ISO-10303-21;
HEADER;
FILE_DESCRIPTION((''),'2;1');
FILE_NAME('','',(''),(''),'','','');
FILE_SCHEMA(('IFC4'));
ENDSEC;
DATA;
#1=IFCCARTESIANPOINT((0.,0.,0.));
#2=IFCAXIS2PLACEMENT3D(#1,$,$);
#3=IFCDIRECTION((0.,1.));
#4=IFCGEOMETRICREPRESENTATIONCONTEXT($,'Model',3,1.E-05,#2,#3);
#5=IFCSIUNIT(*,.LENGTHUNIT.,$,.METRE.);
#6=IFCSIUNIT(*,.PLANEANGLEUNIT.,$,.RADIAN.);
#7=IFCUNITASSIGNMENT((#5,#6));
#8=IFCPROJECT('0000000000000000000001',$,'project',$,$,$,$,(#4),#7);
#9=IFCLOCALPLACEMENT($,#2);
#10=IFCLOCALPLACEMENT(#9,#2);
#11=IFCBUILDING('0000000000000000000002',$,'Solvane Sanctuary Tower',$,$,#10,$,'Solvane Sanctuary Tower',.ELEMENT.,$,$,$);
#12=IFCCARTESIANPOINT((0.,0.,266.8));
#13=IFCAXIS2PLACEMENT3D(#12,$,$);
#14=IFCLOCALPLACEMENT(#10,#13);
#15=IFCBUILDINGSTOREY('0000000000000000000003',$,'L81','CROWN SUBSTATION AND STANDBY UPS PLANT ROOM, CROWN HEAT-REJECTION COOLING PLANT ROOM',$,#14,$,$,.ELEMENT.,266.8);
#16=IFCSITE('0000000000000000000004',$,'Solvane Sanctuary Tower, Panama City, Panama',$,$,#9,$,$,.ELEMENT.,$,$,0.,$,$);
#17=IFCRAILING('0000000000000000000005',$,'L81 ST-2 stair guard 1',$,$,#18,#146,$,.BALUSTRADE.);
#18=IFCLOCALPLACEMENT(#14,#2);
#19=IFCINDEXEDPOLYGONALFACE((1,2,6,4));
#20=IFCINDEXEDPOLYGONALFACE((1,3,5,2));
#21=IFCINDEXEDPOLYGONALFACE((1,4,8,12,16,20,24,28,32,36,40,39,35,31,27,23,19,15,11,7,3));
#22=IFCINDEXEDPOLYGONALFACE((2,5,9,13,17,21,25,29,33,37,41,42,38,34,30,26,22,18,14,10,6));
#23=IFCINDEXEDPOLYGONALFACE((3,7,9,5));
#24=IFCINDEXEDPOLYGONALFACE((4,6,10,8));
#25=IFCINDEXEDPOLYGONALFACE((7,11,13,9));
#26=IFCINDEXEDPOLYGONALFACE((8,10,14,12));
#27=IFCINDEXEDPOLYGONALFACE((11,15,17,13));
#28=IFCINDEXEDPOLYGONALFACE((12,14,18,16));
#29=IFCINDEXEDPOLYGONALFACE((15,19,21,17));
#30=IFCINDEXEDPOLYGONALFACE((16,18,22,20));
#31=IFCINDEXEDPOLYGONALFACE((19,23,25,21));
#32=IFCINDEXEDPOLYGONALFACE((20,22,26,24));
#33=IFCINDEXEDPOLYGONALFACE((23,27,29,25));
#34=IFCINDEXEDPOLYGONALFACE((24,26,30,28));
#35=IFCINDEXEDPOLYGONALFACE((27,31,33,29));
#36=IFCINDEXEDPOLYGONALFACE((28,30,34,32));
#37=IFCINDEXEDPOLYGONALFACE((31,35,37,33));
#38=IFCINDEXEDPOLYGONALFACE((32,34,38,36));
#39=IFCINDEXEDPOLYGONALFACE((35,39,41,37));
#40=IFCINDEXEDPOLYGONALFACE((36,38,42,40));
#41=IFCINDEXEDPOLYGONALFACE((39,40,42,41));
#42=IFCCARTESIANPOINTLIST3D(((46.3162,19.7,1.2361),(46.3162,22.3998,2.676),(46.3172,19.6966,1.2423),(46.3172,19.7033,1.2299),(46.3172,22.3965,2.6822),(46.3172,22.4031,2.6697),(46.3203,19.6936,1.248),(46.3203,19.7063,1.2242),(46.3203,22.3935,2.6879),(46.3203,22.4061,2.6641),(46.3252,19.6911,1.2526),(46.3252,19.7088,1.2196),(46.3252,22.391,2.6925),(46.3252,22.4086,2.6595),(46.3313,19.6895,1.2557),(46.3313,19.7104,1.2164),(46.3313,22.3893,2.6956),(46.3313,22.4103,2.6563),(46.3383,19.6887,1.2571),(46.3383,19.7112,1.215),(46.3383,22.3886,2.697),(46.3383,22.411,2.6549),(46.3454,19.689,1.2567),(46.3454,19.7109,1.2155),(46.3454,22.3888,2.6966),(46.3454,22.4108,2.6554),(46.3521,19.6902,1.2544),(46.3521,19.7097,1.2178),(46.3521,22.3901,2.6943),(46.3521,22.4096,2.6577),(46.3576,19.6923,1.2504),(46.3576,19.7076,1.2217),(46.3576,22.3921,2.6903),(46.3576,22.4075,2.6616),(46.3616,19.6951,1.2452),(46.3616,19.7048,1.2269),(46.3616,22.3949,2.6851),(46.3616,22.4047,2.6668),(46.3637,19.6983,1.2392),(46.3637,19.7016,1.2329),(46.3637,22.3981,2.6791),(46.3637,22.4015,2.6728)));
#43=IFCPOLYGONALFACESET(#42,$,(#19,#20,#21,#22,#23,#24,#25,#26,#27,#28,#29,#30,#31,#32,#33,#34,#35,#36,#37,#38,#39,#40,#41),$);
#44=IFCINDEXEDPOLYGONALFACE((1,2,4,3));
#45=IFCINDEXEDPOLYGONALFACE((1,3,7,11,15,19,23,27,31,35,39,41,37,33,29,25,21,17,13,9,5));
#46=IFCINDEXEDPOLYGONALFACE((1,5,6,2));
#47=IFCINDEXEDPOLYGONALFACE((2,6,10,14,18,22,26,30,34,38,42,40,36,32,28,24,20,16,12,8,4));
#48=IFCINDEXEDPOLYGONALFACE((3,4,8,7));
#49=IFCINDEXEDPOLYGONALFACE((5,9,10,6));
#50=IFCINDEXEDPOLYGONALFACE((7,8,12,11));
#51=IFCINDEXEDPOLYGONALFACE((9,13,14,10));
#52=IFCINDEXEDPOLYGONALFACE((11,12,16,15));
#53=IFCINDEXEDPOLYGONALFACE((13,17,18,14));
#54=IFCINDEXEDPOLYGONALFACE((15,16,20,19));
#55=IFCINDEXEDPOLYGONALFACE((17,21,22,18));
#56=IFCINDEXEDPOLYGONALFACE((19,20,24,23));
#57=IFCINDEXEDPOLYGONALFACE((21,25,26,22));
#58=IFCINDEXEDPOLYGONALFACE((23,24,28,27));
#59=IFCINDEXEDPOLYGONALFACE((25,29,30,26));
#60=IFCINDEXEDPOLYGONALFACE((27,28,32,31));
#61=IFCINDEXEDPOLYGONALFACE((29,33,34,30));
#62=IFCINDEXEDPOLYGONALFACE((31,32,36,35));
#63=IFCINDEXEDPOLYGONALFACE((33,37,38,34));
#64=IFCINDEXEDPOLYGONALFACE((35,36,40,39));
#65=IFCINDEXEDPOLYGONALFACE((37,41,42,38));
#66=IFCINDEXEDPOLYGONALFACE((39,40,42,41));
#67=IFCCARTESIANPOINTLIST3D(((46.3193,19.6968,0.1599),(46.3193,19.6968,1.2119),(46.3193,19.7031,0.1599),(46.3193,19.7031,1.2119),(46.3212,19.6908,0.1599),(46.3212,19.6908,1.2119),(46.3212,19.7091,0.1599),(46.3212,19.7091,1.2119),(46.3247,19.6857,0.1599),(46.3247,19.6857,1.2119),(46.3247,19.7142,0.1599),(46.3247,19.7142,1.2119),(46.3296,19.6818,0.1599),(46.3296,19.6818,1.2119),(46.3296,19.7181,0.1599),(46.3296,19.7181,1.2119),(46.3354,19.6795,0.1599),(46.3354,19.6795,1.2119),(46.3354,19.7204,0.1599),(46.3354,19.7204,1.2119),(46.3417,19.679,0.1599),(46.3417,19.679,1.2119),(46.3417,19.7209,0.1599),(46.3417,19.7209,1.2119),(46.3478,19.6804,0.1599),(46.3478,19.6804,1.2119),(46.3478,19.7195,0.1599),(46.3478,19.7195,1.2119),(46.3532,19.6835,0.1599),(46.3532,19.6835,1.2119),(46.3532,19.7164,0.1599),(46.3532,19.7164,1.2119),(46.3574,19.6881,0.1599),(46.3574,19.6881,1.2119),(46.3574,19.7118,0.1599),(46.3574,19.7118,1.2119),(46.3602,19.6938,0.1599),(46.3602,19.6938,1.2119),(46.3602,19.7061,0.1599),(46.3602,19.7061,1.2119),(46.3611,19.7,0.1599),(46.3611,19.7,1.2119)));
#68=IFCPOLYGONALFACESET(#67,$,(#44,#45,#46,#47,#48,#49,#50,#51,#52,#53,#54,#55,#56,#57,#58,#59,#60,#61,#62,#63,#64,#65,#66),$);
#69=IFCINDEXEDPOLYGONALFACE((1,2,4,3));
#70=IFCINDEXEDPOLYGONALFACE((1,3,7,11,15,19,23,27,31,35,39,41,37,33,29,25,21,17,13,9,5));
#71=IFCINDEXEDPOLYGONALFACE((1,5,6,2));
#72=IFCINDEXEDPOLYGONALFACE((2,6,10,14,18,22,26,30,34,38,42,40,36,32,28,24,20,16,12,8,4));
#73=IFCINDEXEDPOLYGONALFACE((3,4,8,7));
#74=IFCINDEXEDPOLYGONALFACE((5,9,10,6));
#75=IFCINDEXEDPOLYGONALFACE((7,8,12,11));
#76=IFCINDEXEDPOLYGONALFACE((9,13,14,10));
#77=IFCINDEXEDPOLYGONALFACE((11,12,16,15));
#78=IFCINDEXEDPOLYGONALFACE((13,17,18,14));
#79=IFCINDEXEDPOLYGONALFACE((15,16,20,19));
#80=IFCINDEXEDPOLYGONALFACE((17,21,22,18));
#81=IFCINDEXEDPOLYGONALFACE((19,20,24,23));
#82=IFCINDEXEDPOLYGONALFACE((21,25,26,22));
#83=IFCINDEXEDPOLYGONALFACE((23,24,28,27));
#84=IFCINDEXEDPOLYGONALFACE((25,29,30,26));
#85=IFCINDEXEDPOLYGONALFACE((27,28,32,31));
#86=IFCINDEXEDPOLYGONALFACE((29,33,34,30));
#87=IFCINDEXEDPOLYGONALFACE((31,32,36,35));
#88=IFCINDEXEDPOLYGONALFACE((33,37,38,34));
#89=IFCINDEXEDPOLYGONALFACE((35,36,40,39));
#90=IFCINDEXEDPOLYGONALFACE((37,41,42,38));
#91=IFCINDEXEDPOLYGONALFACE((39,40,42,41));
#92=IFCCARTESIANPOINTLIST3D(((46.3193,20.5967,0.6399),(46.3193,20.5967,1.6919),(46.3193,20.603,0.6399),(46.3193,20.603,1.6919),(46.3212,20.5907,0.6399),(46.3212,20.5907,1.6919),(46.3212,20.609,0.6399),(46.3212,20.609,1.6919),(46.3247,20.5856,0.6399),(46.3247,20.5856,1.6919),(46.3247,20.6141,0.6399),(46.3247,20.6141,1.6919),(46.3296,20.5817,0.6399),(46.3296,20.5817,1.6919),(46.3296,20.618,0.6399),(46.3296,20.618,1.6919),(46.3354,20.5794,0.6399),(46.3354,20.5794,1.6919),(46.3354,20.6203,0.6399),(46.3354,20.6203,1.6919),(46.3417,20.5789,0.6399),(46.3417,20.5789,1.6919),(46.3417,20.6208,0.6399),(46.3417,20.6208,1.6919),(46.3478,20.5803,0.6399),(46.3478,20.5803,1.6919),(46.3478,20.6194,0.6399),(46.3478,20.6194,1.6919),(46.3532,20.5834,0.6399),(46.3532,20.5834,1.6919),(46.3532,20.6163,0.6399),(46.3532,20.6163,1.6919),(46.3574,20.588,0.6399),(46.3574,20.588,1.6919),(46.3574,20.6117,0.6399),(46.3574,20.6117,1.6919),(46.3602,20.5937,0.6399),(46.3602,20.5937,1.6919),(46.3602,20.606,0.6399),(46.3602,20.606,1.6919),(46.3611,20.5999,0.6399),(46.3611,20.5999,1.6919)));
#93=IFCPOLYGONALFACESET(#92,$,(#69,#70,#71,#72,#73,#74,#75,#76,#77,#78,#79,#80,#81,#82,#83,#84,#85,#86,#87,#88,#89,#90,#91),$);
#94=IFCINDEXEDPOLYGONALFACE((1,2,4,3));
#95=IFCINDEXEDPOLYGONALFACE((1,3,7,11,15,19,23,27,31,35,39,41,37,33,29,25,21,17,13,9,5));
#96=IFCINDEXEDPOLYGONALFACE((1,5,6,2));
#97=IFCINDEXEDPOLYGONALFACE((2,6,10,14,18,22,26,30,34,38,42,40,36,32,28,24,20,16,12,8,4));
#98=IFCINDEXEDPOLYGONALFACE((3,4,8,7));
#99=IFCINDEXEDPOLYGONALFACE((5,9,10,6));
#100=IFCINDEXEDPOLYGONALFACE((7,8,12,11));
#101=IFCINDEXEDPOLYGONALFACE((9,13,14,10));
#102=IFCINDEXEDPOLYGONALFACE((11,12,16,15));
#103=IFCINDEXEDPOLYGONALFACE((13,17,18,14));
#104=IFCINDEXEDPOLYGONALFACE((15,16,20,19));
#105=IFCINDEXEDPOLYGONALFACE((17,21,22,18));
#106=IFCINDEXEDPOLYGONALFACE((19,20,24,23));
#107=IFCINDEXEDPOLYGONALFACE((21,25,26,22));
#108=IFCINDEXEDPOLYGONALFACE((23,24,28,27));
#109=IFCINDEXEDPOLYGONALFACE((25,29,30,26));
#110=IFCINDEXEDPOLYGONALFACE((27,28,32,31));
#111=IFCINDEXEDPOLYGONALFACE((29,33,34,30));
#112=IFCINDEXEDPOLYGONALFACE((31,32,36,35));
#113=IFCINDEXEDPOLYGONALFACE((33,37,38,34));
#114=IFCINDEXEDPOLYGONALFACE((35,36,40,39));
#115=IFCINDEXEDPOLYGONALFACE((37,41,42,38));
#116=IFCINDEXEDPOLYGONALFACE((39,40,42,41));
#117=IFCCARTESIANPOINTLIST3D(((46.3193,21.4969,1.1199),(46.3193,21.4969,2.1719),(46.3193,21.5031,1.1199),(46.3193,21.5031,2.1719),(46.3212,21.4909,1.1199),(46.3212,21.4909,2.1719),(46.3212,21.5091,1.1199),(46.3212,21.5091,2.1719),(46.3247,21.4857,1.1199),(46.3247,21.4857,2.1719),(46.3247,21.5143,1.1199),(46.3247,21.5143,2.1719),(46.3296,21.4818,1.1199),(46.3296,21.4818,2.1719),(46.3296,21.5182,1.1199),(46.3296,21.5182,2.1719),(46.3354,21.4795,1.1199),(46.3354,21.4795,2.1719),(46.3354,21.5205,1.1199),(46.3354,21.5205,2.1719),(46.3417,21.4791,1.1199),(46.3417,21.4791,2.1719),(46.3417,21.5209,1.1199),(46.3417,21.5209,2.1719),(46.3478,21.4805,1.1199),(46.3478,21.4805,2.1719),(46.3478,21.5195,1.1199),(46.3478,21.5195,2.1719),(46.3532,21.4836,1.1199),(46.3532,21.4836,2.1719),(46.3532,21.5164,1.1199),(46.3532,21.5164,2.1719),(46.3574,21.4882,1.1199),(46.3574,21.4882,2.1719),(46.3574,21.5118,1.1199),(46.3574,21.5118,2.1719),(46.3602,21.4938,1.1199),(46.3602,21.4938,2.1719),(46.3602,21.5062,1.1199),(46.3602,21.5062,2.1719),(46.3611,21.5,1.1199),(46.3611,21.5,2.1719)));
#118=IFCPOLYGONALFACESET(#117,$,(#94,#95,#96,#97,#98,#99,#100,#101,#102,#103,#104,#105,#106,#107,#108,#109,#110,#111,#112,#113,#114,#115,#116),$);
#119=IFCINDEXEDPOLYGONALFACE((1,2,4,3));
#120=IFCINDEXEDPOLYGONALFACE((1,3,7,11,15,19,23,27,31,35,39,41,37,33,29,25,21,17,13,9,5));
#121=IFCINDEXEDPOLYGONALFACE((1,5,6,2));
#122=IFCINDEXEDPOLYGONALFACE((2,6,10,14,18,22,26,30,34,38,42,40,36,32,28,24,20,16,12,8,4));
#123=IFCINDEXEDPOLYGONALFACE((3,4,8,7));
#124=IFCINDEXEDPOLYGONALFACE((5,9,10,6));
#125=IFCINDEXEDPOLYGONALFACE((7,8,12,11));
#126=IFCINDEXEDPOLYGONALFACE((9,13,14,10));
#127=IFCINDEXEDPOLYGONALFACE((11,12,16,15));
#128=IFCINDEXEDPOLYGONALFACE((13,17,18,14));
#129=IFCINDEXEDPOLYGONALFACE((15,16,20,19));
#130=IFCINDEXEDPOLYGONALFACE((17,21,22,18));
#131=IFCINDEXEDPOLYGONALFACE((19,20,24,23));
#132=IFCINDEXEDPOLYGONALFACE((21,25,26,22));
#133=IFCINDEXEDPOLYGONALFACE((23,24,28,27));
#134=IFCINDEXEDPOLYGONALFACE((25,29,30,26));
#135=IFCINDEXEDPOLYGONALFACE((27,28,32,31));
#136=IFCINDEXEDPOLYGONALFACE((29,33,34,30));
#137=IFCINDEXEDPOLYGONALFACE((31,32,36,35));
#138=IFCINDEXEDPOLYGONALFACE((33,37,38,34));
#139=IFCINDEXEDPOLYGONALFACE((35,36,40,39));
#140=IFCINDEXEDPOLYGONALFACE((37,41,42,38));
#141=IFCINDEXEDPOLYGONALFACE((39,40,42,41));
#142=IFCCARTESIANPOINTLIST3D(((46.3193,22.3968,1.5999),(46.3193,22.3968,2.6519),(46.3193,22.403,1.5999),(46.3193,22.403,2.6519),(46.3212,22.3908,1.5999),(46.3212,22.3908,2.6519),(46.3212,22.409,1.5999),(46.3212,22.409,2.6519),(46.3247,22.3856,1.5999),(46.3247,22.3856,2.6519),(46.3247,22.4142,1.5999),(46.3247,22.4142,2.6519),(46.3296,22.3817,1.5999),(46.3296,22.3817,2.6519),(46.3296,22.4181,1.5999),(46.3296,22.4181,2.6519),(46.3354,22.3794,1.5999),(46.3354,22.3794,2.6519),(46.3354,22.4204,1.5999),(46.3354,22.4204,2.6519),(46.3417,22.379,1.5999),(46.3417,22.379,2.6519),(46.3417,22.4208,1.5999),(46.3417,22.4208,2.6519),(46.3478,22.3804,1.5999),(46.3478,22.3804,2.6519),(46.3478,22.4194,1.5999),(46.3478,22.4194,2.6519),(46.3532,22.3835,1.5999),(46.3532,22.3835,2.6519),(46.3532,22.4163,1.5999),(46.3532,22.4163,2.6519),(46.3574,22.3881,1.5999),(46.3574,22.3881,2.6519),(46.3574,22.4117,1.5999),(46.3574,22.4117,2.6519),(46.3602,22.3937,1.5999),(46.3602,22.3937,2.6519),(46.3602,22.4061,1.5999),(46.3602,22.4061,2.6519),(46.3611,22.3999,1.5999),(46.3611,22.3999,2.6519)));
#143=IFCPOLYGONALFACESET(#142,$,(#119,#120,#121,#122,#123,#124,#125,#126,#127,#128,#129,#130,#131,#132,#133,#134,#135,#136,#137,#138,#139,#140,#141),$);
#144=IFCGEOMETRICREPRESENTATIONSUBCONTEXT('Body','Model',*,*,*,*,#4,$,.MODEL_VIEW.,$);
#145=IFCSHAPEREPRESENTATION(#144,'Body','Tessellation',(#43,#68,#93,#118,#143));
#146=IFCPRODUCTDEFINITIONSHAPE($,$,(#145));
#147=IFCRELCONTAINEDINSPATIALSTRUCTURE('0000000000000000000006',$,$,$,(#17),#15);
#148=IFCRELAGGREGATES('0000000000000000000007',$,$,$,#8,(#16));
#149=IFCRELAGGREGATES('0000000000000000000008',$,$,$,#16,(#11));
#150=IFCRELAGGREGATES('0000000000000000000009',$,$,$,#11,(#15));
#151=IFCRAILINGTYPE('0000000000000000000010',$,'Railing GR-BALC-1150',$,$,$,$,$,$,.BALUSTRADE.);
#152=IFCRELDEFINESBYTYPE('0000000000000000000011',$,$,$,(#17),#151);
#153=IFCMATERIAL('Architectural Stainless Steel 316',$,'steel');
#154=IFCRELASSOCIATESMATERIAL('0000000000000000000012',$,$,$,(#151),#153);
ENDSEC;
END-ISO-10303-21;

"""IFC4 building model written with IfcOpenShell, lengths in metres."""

from ifc_helpers import new_model, si_unit, direction, frame, origin, origin_2d, place, context, subcontext, project, spatial, circle, extrude, material, type_object, element, save


model = new_model("IFC4")

# Units and contexts
model_context = context("Model", 3, precision=1e-05, world=origin(), true_north=direction((0.0, 1.0)))
body_context = subcontext(model_context, "Body", "Model", "MODEL_VIEW")
ifc_project = project(units=[si_unit("LENGTHUNIT", "METRE"), si_unit("PLANEANGLEUNIT", "RADIAN")], contexts=[model_context])

# Site, building, storey
site_placement = place(None, origin())
site = spatial("IfcSite", under=ifc_project, at=site_placement, Name="Solvane Sanctuary Tower, Panama City, Panama", CompositionType="ELEMENT", RefElevation=0.0)
building_placement = place(site_placement, origin())
building = spatial("IfcBuilding", under=site, at=building_placement, Name="Solvane Sanctuary Tower", LongName="Solvane Sanctuary Tower", CompositionType="ELEMENT")
storey_placement = place(building_placement, frame((0.0, 0.0, 266.8)))
storey = spatial("IfcBuildingStorey", under=building, at=storey_placement, Name="L81", Description="CROWN SUBSTATION AND STANDBY UPS PLANT ROOM, CROWN HEAT-REJECTION COOLING PLANT ROOM", CompositionType="ELEMENT", Elevation=266.8)

# Shared definitions
ifc_material_1 = material(Name="Architectural Stainless Steel 316", Category="steel")

# Railing
railing_type_1 = type_object("IfcRailingType", Name="Railing GR-BALC-1150", PredefinedType="BALUSTRADE", material=ifc_material_1)
railing_1_placement = place(storey_placement, frame((46.3401, 19.7, 0.1599)))
element("IfcRailing", 1, at=railing_1_placement, inside=storey, type_object=railing_type_1, Name="L81 ST-2 stair guard 1", PredefinedType="BALUSTRADE", context=body_context, shape_type="SweptSolid", body=[
    extrude(circle(Radius=0.0239, at=origin_2d()), frame((0.0, 0.0, 1.0762), z_axis=(0.0, 0.882357, 0.47058), x_axis=(-1.0, 0.0, 0.0)), (0.0, 0.0, 1.0), 3.0598),
    extrude(circle(Radius=0.021, at=origin_2d()), origin(), (0.0, 0.0, 1.0), 1.052),
    extrude(circle(Radius=0.021, at=origin_2d()), frame((0.0, 0.8999, 0.48)), (0.0, 0.0, 1.0), 1.052),
    extrude(circle(Radius=0.021, at=origin_2d()), frame((0.0, 1.8, 0.96)), (0.0, 0.0, 1.0), 1.052),
    extrude(circle(Radius=0.021, at=origin_2d()), frame((0.0, 2.7, 1.4399)), (0.0, 0.0, 1.0), 1.052),
])

save(model, "model.ifc")
